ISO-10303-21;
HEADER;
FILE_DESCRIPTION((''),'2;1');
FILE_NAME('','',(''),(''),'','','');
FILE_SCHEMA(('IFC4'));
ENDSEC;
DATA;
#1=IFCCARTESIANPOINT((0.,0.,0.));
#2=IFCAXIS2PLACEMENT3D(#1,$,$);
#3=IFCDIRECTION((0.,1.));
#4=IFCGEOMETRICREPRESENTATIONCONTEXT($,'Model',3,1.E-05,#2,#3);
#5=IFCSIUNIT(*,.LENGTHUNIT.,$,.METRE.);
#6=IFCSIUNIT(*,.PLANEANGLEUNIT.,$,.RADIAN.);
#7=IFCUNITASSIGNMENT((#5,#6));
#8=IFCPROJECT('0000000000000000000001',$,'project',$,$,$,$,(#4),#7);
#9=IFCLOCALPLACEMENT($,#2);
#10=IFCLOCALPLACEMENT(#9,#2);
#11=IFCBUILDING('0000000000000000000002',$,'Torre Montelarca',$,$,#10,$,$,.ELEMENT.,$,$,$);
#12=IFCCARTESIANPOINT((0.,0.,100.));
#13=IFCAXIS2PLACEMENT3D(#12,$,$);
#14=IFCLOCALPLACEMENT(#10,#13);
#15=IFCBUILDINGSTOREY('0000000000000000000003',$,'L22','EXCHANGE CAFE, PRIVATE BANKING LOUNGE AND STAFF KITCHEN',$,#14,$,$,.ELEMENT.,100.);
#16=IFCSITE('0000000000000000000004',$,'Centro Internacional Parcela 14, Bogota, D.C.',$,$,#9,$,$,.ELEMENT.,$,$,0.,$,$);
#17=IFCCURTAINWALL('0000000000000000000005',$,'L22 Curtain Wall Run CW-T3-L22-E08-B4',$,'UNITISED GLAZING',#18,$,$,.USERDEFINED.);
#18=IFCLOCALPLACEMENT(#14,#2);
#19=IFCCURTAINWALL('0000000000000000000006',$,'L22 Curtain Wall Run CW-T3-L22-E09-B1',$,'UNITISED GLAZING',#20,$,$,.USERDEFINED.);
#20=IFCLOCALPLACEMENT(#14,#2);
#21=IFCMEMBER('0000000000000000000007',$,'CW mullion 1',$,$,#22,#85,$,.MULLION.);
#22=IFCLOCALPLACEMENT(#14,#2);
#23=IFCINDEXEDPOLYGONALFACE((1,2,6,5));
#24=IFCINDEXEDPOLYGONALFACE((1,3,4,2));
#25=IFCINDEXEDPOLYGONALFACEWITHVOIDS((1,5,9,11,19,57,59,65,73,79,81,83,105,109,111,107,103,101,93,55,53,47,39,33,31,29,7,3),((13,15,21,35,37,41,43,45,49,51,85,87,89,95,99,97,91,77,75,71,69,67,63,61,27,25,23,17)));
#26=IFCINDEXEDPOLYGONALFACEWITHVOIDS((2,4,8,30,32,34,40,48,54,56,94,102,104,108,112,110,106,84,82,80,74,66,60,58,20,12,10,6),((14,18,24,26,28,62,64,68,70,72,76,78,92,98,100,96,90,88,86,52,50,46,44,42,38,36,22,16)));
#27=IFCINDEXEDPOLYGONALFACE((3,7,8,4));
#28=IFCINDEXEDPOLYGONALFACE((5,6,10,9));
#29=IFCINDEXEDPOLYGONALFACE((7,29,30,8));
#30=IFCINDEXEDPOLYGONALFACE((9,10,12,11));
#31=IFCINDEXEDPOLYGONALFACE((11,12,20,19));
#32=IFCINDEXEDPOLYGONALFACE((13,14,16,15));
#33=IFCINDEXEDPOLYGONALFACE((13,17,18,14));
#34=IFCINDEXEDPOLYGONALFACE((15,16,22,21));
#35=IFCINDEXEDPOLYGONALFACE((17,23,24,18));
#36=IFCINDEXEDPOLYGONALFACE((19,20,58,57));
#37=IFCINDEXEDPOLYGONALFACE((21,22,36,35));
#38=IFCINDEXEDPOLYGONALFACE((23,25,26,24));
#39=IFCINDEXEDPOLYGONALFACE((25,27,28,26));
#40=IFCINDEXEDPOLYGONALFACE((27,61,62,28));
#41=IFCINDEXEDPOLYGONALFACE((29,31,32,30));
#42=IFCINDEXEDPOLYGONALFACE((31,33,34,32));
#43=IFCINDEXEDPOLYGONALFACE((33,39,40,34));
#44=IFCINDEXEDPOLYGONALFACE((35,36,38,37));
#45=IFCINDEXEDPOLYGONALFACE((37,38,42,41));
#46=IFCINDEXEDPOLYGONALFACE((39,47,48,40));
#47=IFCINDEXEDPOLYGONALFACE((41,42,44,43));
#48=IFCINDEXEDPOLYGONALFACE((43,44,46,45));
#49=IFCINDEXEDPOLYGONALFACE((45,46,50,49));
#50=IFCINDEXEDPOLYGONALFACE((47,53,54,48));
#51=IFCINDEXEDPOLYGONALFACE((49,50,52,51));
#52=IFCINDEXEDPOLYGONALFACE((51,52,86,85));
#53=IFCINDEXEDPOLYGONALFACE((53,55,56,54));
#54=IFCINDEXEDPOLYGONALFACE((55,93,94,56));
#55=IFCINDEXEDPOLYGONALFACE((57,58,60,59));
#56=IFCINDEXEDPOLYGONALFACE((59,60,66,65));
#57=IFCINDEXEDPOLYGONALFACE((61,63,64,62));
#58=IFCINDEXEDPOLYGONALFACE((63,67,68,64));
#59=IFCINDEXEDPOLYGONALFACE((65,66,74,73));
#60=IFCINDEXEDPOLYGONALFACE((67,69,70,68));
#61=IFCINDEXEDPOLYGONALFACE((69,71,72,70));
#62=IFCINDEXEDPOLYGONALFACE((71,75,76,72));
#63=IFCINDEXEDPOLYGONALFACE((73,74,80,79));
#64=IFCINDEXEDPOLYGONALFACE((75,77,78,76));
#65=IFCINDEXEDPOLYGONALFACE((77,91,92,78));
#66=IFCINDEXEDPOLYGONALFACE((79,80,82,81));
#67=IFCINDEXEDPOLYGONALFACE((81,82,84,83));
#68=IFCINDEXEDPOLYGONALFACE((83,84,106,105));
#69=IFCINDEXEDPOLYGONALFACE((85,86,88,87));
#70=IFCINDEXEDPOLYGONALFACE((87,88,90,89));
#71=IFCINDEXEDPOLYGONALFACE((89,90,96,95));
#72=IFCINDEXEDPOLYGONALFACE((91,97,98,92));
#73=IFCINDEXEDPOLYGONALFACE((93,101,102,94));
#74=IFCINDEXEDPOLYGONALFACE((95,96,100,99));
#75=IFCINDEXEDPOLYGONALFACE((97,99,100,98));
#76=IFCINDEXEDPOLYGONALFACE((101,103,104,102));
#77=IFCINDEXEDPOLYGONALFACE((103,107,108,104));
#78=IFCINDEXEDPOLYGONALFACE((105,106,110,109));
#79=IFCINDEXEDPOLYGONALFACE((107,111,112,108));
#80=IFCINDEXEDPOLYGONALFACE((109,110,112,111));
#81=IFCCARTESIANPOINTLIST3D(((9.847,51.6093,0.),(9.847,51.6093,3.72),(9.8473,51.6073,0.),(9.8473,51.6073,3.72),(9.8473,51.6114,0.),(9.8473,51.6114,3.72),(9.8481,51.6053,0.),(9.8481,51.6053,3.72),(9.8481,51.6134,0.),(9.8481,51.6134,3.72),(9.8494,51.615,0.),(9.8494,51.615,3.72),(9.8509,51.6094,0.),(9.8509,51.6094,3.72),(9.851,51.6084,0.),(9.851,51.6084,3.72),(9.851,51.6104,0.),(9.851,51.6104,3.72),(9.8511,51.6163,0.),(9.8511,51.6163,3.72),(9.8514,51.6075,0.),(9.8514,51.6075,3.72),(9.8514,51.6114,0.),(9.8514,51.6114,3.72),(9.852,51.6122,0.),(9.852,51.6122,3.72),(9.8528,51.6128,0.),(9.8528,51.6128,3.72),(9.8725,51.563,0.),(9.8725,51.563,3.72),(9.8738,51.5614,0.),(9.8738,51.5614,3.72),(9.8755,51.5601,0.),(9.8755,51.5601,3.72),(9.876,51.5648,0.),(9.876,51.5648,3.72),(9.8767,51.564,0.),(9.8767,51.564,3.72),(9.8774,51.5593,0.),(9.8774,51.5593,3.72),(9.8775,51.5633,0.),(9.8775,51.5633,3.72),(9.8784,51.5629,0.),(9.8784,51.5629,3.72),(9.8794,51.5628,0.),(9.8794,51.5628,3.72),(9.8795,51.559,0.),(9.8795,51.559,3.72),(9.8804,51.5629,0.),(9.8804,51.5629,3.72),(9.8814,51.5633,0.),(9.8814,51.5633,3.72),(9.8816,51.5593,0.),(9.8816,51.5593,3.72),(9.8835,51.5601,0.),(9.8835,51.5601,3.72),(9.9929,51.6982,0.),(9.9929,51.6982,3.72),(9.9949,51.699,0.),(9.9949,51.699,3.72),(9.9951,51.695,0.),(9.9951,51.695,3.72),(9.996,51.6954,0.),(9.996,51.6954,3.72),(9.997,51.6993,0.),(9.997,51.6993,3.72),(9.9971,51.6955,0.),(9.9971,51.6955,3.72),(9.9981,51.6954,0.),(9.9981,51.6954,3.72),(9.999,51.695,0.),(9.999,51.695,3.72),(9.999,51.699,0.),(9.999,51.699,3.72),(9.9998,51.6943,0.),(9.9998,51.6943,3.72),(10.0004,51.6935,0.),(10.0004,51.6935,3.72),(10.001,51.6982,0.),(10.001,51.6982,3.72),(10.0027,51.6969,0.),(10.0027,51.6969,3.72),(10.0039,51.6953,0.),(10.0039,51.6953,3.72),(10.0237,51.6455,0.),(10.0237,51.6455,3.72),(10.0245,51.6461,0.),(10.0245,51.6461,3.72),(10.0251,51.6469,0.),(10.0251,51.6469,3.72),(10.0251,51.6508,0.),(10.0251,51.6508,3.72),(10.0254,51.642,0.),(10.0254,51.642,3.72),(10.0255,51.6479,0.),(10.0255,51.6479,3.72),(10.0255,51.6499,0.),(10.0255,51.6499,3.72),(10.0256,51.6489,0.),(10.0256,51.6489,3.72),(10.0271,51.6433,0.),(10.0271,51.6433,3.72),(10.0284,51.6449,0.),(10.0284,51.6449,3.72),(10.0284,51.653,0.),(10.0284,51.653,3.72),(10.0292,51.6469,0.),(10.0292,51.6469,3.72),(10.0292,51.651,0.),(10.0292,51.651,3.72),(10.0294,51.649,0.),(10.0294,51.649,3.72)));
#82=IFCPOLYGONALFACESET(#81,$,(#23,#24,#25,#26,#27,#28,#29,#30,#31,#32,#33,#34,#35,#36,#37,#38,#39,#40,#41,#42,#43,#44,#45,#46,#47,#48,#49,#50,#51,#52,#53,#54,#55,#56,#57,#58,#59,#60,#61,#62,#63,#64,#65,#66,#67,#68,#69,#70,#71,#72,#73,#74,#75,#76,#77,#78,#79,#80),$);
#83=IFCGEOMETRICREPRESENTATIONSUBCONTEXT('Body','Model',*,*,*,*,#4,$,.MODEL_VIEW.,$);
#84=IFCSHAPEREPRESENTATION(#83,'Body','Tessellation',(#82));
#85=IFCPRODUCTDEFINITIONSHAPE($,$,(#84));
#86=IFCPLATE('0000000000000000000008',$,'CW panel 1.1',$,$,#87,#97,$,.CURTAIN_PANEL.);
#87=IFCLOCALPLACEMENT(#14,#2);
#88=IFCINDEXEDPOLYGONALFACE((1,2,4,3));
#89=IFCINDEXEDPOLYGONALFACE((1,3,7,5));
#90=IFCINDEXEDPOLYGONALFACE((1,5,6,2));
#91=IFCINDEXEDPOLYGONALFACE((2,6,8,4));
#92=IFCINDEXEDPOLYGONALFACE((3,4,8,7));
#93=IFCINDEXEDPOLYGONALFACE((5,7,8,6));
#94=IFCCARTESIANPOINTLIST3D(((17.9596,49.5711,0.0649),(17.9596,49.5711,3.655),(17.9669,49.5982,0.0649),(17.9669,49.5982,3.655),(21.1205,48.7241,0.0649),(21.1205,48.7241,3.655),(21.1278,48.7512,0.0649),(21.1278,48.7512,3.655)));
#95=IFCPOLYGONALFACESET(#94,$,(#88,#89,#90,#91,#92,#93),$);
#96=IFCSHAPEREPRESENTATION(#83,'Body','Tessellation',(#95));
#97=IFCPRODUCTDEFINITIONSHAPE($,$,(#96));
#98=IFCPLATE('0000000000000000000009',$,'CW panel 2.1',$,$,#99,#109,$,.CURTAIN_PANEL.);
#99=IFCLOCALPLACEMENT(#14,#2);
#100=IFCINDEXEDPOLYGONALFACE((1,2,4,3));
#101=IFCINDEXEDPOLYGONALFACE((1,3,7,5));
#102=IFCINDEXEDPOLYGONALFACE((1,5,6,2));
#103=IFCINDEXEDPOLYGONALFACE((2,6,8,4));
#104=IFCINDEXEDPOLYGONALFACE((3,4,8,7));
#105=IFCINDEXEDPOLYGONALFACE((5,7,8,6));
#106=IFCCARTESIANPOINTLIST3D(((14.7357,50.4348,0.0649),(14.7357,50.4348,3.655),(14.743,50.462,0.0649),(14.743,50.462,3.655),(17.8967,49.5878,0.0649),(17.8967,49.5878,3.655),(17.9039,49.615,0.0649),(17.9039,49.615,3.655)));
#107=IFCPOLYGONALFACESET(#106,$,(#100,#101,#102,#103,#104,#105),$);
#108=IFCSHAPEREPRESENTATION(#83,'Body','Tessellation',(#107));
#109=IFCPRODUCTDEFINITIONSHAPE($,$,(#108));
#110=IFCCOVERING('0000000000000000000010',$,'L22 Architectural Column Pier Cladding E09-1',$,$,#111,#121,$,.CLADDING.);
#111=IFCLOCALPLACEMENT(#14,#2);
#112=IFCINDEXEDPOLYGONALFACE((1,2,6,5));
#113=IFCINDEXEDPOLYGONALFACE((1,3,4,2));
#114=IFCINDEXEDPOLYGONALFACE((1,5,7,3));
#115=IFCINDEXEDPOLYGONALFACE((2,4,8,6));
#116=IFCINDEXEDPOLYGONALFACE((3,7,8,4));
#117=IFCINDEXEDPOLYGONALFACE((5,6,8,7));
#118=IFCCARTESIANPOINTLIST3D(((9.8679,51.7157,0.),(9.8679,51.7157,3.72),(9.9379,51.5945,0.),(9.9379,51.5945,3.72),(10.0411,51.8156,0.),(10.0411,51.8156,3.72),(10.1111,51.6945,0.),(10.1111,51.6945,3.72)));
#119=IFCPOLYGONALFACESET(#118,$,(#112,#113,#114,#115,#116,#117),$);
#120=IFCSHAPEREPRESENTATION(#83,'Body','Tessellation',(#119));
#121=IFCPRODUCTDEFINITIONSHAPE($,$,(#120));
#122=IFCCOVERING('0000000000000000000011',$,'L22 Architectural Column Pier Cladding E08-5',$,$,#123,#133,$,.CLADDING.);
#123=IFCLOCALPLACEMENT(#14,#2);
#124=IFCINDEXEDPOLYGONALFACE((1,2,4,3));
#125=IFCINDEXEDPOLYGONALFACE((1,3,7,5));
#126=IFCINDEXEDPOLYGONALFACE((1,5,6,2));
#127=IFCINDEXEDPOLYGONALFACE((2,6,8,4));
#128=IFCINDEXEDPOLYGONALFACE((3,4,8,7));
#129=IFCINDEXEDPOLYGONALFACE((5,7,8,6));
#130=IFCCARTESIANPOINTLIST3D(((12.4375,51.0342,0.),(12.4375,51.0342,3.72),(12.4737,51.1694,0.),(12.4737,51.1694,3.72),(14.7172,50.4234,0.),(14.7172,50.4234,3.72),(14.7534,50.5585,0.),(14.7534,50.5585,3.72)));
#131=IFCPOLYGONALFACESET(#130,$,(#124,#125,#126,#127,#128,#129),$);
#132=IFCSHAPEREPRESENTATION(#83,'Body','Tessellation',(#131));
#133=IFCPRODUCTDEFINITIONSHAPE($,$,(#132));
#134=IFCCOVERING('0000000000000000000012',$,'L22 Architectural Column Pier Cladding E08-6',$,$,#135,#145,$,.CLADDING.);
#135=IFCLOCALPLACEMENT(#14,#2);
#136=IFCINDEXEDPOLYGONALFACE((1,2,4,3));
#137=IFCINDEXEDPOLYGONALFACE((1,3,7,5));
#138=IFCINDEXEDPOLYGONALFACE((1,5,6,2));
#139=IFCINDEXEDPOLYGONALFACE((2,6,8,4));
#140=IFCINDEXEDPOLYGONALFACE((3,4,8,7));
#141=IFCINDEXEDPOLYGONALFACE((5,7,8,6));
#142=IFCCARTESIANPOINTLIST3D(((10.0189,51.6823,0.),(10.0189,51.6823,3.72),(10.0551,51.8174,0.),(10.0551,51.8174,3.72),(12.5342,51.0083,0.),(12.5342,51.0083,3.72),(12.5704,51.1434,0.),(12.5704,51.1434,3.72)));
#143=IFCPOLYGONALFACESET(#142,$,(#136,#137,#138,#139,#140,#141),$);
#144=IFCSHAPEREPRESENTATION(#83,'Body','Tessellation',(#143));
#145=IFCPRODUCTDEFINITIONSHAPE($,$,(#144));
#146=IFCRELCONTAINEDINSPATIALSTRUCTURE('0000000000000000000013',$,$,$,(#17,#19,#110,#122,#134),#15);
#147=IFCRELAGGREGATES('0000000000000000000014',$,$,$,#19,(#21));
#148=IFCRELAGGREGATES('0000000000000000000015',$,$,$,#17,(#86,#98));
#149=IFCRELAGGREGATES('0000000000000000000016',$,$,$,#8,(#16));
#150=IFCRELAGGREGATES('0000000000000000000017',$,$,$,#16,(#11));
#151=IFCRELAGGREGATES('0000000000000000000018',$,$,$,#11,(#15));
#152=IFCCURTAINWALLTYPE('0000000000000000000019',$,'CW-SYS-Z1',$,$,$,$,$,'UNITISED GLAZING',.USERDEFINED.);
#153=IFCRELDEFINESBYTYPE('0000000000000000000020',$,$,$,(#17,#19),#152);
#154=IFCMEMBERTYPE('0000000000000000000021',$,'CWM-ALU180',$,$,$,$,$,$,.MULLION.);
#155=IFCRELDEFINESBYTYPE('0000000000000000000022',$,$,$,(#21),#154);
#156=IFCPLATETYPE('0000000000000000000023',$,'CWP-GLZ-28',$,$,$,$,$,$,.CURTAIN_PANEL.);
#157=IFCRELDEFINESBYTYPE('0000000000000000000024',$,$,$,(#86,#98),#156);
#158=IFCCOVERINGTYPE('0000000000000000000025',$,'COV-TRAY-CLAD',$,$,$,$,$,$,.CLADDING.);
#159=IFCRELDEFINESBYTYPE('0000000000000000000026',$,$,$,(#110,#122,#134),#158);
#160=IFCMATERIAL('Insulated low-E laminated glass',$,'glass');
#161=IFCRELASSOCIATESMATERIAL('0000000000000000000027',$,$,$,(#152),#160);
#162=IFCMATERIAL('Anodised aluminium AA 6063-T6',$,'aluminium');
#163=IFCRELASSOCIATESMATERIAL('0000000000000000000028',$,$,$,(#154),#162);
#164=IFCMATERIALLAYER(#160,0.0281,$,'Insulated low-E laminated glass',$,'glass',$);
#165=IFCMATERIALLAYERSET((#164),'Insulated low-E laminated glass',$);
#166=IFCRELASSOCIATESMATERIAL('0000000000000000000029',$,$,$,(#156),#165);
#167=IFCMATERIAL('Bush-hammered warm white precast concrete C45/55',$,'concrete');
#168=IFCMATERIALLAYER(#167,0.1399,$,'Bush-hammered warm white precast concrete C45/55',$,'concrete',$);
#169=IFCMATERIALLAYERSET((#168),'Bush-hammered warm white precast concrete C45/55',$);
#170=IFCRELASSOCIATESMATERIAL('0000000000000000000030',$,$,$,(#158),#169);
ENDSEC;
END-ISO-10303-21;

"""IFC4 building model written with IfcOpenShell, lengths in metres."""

from ifc_helpers import new_model, si_unit, direction, frame, origin, origin_2d, place, context, subcontext, project, spatial, rectangle, hollow_rectangle, extrude, source, transform, mapped, material, layer, layer_set, material_profile, profile_set, type_object, element, aggregate, save


model = new_model("IFC4")

# Units and contexts
model_context = context("Model", 3, precision=1e-05, world=origin(), true_north=direction((0.0, 1.0)))
body_context = subcontext(model_context, "Body", "Model", "MODEL_VIEW")
ifc_project = project(units=[si_unit("LENGTHUNIT", "METRE"), si_unit("PLANEANGLEUNIT", "RADIAN")], contexts=[model_context])

# Site, building, storey
site_placement = place(None, origin())
site = spatial("IfcSite", under=ifc_project, at=site_placement, Name="Centro Internacional Parcela 14, Bogota, D.C.", CompositionType="ELEMENT", RefElevation=0.0)
building_placement = place(site_placement, origin())
building = spatial("IfcBuilding", under=site, at=building_placement, Name="Torre Montelarca", CompositionType="ELEMENT")
storey_placement = place(building_placement, frame((0.0, 0.0, 100.0)))
storey = spatial("IfcBuildingStorey", under=building, at=storey_placement, Name="L22", Description="EXCHANGE CAFE, PRIVATE BANKING LOUNGE AND STAFF KITCHEN", CompositionType="ELEMENT", Elevation=100.0)

# Curtain walls
ifc_material_1 = material(Name="Insulated low-E laminated glass", Category="glass")
curtain_wall_type = type_object("IfcCurtainWallType", Name="CW-SYS-Z1", ElementType="UNITISED GLAZING", PredefinedType="USERDEFINED", material=ifc_material_1)
curtain_wall_1_placement = place(storey_placement, origin())
curtain_wall_1 = element("IfcCurtainWall", 1, at=curtain_wall_1_placement, inside=storey, type_object=curtain_wall_type, Name="L22 Curtain Wall Run CW-T3-L22-E08-B4", ObjectType="UNITISED GLAZING", PredefinedType="USERDEFINED")
ifc_material_2 = material(Name="Anodised aluminium AA 6063-T6", Category="aluminium")
curtain_wall_2_placement = place(storey_placement, origin())
curtain_wall_2 = element("IfcCurtainWall", 2, at=curtain_wall_2_placement, inside=storey, type_object=curtain_wall_type, Name="L22 Curtain Wall Run CW-T3-L22-E09-B1", ObjectType="UNITISED GLAZING", PredefinedType="USERDEFINED")

# Member
ifc_material_profile_1 = material_profile(ifc_material_2, hollow_rectangle(XDim=0.0649, YDim=0.1799, WallThickness=0.0039, InnerFilletRadius=0.0039, OuterFilletRadius=0.0081, at=origin_2d()), Name="ALU65X180X4", Category="aluminium")
ifc_profile_set_1 = profile_set([ifc_material_profile_1], Name="Anodised aluminium AA 6063-T6")
member_type_1 = type_object("IfcMemberType", Name="CWM-ALU180", PredefinedType="MULLION", material=ifc_profile_set_1)
shared_shape_1 = source(origin(), body_context, "Body", "SweptSolid", [
    extrude(hollow_rectangle(XDim=0.0649, YDim=0.1799, WallThickness=0.0039, InnerFilletRadius=0.0039, OuterFilletRadius=0.0081, at=origin_2d()), origin(), (0.0, 0.0, 1.0), 3.72),
])
member_1_placement = place(storey_placement, frame((9.9382, 51.6292, 0.0), z_axis=(0.0, 0.0, 1.0), x_axis=(0.500001, -0.866025, 0.0)))
member_1 = element("IfcMember", 3, at=member_1_placement, type_object=member_type_1, Name="CW mullion 1", PredefinedType="MULLION", context=body_context, shape_type="MappedRepresentation", body=[
    mapped(shared_shape_1, transform((0.0, 0.0, 0.0), scale=1.0)),
])
aggregate(curtain_wall_2, [member_1])

# Plates
ifc_layer_1 = layer(ifc_material_1, 0.0281, Name="Insulated low-E laminated glass", Category="glass")
ifc_layer_set_1 = layer_set([ifc_layer_1], Name="Insulated low-E laminated glass")
plate_type = type_object("IfcPlateType", Name="CWP-GLZ-28", PredefinedType="CURTAIN_PANEL", material=ifc_layer_set_1)
shared_shape_2 = source(origin(), body_context, "Body", "SweptSolid", [
    extrude(rectangle(XDim=3.2725, YDim=0.0281, at=origin_2d()), origin(), (0.0, 0.0, 1.0), 3.5901),
])
plate_1_placement = place(storey_placement, frame((19.5437, 49.1611, 0.0649), z_axis=(0.0, 0.0, 1.0), x_axis=(-0.965924, 0.258825, 0.0)))
plate_1 = element("IfcPlate", 4, at=plate_1_placement, type_object=plate_type, Name="CW panel 1.1", PredefinedType="CURTAIN_PANEL", context=body_context, shape_type="MappedRepresentation", body=[
    mapped(shared_shape_2, transform((0.0, 0.0, 0.0), scale=1.0)),
])
plate_2_placement = place(storey_placement, frame((16.3198, 50.0249, 0.0649), z_axis=(0.0, 0.0, 1.0), x_axis=(-0.965924, 0.258825, 0.0)))
plate_2 = element("IfcPlate", 5, at=plate_2_placement, type_object=plate_type, Name="CW panel 2.1", PredefinedType="CURTAIN_PANEL", context=body_context, shape_type="MappedRepresentation", body=[
    mapped(shared_shape_2, transform((0.0, 0.0, 0.0), scale=1.0)),
])
aggregate(curtain_wall_1, [plate_1, plate_2])

# Coverings
ifc_material_3 = material(Name="Bush-hammered warm white precast concrete C45/55", Category="concrete")
ifc_layer_2 = layer(ifc_material_3, 0.1399, Name="Bush-hammered warm white precast concrete C45/55", Category="concrete")
ifc_layer_set_2 = layer_set([ifc_layer_2], Name="Bush-hammered warm white precast concrete C45/55")
covering_type = type_object("IfcCoveringType", Name="COV-TRAY-CLAD", PredefinedType="CLADDING", material=ifc_layer_set_2)
shared_shape_3 = source(origin(), body_context, "Body", "SweptSolid", [
    extrude(rectangle(XDim=0.2, YDim=0.1399, at=origin_2d()), origin(), (0.0, 0.0, 1.0), 3.72),
])
covering_1_placement = place(storey_placement, frame((9.9895, 51.7051, 0.0), z_axis=(0.0, 0.0, 1.0), x_axis=(-0.866025, -0.500002, 0.0)))
element("IfcCovering", 6, at=covering_1_placement, inside=storey, type_object=covering_type, Name="L22 Architectural Column Pier Cladding E09-1", PredefinedType="CLADDING", context=body_context, shape_type="MappedRepresentation", body=[
    mapped(shared_shape_3, transform((0.0, 0.0, 0.0), scale=1.0)),
])
shared_shape_4 = source(origin(), body_context, "Body", "SweptSolid", [
    extrude(rectangle(XDim=2.3601, YDim=0.1399, at=origin_2d()), origin(), (0.0, 0.0, 1.0), 3.72),
])
covering_2_placement = place(storey_placement, frame((13.5955, 50.7964, 0.0), z_axis=(0.0, 0.0, 1.0), x_axis=(-0.965925, 0.258821, 0.0)))
element("IfcCovering", 7, at=covering_2_placement, inside=storey, type_object=covering_type, Name="L22 Architectural Column Pier Cladding E08-5", PredefinedType="CLADDING", context=body_context, shape_type="MappedRepresentation", body=[
    mapped(shared_shape_4, transform((0.0, 0.0, 0.0), scale=1.0)),
])
shared_shape_5 = source(origin(), body_context, "Body", "SweptSolid", [
    extrude(rectangle(XDim=2.604, YDim=0.1399, at=origin_2d()), origin(), (0.0, 0.0, 1.0), 3.72),
])
covering_3_placement = place(storey_placement, frame((11.2947, 51.4128, 0.0), z_axis=(0.0, 0.0, 1.0), x_axis=(-0.965925, 0.258821, 0.0)))
element("IfcCovering", 8, at=covering_3_placement, inside=storey, type_object=covering_type, Name="L22 Architectural Column Pier Cladding E08-6", PredefinedType="CLADDING", context=body_context, shape_type="MappedRepresentation", body=[
    mapped(shared_shape_5, transform((0.0, 0.0, 0.0), scale=1.0)),
])

save(model, "model.ifc")
